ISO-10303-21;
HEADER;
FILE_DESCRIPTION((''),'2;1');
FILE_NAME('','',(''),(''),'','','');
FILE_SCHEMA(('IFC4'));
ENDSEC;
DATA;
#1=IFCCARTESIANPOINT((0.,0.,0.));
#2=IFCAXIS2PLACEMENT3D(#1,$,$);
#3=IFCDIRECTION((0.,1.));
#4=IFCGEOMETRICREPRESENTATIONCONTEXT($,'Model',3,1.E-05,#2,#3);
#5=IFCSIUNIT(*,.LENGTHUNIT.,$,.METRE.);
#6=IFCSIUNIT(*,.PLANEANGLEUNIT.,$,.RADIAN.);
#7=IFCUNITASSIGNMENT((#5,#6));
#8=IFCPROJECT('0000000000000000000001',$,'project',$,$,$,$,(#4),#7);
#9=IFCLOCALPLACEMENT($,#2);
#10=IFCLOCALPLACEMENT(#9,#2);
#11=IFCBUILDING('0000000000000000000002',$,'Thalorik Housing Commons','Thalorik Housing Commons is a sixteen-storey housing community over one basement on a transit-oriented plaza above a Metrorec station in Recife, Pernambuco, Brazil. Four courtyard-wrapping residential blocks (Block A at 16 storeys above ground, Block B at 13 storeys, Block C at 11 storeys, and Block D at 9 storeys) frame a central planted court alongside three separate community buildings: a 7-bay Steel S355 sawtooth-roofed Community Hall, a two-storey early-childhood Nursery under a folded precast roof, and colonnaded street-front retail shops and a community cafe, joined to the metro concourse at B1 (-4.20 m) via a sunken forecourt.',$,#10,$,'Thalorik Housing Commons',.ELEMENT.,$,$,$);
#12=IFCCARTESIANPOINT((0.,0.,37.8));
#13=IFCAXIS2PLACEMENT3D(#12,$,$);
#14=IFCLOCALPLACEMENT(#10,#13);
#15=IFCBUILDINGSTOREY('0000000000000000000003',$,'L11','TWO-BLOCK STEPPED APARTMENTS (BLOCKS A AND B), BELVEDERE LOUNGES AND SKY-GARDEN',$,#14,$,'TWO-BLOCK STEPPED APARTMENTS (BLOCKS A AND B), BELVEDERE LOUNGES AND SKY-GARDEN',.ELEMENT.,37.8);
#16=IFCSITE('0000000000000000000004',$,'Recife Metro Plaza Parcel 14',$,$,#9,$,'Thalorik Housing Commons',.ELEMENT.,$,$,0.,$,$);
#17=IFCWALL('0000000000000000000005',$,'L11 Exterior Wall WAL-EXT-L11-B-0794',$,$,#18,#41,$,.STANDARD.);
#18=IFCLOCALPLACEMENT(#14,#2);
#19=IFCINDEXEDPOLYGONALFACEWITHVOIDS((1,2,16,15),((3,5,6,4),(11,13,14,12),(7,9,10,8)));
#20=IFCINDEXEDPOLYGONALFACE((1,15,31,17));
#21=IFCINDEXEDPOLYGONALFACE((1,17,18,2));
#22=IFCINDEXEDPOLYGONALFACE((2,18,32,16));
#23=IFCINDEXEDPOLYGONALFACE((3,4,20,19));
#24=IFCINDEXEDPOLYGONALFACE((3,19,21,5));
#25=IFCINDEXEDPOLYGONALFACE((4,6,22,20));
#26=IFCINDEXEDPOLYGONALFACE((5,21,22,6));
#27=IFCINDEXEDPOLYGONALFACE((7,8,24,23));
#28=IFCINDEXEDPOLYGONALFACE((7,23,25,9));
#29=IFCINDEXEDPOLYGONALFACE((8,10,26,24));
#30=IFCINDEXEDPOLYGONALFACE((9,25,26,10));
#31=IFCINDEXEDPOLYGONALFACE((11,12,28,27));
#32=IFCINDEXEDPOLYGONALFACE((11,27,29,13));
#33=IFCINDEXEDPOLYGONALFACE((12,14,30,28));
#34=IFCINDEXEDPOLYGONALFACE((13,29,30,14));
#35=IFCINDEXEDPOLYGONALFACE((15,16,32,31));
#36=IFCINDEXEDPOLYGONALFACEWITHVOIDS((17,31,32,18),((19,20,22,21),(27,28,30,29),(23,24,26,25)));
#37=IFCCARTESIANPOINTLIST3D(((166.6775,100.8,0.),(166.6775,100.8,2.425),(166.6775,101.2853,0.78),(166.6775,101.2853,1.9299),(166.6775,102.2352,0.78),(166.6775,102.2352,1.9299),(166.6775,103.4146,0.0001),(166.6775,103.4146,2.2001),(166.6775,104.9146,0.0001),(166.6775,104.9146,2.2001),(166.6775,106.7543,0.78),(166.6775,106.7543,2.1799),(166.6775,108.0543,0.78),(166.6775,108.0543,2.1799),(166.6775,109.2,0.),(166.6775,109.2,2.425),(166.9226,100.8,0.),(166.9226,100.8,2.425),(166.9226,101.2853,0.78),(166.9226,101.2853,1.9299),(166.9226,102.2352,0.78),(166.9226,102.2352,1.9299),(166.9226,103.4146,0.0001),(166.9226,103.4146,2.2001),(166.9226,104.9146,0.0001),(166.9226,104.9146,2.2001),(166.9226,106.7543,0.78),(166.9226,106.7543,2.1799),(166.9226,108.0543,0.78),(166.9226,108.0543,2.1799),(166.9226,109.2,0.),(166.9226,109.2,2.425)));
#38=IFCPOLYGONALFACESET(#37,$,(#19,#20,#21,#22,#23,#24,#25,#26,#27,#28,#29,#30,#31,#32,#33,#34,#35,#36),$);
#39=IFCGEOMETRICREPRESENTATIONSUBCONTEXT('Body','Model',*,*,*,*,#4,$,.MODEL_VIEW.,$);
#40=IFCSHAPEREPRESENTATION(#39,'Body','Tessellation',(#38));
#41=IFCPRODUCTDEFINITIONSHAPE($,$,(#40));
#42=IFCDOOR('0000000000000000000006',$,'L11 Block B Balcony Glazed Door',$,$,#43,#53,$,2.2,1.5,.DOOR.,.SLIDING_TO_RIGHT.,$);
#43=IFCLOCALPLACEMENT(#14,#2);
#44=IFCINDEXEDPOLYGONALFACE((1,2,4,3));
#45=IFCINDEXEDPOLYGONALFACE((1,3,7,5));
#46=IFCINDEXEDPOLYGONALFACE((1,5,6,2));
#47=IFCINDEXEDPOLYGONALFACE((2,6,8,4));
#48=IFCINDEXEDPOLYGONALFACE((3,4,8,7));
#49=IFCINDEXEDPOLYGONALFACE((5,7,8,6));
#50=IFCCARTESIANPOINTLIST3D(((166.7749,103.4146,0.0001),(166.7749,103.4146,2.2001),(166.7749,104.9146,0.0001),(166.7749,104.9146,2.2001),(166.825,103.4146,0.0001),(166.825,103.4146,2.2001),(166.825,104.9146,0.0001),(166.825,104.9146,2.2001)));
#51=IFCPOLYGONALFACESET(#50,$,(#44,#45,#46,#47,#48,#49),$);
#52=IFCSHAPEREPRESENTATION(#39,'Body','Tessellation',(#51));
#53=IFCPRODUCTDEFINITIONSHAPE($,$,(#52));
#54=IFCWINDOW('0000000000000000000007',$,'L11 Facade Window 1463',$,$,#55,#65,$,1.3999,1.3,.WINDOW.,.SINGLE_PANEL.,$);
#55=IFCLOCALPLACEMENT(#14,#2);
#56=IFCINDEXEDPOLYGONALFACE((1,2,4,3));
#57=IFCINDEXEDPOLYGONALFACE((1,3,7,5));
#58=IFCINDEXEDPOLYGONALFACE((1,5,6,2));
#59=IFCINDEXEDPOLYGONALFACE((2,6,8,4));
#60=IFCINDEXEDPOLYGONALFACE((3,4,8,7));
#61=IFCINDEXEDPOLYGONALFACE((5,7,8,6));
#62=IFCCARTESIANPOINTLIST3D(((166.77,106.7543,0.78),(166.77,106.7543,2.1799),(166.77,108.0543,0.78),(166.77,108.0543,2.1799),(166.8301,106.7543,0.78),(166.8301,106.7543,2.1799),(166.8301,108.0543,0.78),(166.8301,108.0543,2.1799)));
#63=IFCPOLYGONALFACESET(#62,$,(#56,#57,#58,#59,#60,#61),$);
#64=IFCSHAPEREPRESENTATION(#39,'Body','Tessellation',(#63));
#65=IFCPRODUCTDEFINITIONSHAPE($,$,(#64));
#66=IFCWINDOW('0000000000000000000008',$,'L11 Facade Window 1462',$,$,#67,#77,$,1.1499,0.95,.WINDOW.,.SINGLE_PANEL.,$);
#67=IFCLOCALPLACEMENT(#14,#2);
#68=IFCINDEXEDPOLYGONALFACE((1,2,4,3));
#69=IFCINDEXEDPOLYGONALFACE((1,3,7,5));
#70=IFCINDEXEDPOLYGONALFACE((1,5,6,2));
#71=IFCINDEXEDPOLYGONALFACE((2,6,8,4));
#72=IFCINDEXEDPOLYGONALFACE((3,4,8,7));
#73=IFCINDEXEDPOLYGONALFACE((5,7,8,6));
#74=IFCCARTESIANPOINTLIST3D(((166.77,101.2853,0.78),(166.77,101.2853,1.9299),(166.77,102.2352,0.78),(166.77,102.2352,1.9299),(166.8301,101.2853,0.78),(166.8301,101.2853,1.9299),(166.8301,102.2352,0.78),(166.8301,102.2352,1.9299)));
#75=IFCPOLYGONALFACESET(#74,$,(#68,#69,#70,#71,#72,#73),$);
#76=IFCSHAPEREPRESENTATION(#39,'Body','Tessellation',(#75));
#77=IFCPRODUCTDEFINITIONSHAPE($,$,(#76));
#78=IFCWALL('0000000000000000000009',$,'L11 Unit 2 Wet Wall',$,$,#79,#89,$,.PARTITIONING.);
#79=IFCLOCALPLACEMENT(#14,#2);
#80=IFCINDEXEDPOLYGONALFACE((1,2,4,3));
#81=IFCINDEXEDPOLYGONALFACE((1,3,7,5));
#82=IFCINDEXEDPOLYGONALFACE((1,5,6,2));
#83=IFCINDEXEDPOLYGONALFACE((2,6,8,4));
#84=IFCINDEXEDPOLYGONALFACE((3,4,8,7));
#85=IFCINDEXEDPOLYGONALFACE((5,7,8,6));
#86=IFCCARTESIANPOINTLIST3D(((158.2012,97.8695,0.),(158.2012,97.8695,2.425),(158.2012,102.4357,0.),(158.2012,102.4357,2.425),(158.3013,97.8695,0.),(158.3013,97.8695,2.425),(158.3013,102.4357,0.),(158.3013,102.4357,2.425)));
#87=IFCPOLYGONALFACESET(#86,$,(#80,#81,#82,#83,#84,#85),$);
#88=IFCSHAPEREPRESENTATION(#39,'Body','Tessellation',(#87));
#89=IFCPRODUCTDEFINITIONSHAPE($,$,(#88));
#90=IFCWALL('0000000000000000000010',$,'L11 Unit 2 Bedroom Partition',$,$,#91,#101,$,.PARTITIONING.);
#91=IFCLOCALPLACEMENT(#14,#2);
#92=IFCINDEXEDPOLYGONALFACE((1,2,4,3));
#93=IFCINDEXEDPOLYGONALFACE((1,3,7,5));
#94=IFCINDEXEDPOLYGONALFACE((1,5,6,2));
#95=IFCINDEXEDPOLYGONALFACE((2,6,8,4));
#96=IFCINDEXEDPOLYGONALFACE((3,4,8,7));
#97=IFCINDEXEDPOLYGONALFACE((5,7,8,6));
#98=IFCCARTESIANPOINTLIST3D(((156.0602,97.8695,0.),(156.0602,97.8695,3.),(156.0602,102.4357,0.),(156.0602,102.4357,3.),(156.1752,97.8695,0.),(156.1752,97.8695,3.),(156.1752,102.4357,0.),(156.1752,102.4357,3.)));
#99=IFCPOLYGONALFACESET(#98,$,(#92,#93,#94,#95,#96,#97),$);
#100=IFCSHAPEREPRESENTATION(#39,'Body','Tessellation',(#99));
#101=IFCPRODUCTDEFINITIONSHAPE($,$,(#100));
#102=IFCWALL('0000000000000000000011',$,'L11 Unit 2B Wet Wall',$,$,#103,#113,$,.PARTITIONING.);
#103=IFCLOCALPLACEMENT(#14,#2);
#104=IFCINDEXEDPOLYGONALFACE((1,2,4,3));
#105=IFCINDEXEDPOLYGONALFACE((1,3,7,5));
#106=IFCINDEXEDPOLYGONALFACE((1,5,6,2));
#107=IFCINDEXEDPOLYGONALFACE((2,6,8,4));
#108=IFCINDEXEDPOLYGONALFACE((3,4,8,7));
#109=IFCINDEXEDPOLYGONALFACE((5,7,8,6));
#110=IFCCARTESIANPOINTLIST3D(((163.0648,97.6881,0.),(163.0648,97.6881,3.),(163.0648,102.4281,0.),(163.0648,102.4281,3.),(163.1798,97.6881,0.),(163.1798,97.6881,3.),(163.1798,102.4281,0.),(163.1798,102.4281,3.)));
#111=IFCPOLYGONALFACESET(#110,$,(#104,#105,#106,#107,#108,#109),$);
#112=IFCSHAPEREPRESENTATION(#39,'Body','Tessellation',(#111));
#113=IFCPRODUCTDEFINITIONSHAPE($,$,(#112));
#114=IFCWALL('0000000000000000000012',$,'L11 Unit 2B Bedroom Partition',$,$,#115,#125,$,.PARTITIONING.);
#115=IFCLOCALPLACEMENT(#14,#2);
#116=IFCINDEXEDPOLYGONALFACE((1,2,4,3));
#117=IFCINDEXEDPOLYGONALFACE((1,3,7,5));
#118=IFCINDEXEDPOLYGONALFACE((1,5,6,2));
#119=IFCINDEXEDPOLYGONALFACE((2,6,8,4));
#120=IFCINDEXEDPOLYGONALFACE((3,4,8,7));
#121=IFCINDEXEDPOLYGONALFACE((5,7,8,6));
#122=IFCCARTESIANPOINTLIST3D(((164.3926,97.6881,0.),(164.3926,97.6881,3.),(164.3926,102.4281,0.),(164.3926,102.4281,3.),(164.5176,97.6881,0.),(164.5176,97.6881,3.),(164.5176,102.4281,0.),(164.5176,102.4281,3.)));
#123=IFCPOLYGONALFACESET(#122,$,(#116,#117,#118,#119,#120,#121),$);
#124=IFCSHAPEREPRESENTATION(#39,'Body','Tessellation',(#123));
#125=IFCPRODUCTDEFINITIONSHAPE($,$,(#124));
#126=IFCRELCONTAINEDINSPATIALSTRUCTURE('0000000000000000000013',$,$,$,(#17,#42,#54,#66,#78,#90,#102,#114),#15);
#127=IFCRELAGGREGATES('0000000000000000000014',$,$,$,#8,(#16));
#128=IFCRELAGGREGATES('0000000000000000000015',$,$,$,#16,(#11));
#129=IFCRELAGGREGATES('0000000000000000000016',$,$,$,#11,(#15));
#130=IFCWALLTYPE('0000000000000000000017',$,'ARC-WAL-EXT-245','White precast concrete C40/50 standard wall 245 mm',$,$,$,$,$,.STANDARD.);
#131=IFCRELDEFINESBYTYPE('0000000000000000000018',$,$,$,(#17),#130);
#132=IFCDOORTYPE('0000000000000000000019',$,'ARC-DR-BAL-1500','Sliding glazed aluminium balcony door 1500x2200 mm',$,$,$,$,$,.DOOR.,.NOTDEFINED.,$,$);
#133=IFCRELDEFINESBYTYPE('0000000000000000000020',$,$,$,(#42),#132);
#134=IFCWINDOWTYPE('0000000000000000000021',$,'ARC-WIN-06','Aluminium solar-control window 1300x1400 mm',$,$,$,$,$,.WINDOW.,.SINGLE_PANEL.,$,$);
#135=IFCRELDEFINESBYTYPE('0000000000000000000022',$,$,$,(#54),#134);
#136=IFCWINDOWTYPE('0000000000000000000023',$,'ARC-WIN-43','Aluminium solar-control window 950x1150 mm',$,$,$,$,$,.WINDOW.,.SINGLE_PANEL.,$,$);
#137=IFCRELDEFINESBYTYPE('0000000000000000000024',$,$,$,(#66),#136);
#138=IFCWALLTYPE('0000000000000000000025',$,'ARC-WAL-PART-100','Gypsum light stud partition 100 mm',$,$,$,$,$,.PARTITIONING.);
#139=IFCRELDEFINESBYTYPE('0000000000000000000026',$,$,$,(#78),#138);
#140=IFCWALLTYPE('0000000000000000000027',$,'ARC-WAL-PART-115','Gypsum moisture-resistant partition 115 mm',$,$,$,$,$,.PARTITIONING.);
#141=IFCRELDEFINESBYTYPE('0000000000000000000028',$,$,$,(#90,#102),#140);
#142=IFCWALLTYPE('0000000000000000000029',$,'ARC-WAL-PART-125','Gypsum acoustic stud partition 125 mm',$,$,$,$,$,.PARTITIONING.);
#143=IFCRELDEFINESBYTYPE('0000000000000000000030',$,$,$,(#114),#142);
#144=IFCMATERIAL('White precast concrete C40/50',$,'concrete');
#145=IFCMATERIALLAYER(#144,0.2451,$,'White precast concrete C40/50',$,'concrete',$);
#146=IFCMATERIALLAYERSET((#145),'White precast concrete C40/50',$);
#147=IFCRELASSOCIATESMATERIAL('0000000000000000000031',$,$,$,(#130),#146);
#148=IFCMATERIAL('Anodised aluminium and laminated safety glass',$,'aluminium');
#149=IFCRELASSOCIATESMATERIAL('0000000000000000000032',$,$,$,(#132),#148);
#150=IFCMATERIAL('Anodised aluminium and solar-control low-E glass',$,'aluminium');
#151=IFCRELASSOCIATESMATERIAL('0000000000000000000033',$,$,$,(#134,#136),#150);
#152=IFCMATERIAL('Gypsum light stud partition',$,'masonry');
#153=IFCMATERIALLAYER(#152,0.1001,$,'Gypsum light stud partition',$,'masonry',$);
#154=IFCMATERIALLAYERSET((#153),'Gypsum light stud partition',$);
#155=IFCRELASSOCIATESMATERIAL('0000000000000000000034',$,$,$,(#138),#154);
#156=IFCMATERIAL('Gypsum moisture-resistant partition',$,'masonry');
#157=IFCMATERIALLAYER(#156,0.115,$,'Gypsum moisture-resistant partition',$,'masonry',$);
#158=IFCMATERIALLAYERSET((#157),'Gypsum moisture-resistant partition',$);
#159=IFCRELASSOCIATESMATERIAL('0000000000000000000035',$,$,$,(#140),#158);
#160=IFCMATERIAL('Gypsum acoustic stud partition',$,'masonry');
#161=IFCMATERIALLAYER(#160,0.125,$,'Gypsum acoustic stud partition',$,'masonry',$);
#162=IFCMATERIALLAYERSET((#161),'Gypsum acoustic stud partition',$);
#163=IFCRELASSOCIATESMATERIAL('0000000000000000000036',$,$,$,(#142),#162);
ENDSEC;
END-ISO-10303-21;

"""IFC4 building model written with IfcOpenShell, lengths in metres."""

from ifc_helpers import new_model, si_unit, direction, frame, frame_2d, origin, place, context, subcontext, project, spatial, rectangle, extrude, material, layer, layer_set, type_object, element, fill, save


model = new_model("IFC4")

# Units and contexts
model_context = context("Model", 3, precision=1e-05, world=origin(), true_north=direction((0.0, 1.0)))
body_context = subcontext(model_context, "Body", "Model", "MODEL_VIEW")
ifc_project = project(units=[si_unit("LENGTHUNIT", "METRE"), si_unit("PLANEANGLEUNIT", "RADIAN")], contexts=[model_context])

# Site, building, storey
site_placement = place(None, origin())
site = spatial("IfcSite", under=ifc_project, at=site_placement, Name="Recife Metro Plaza Parcel 14", LongName="Thalorik Housing Commons", CompositionType="ELEMENT", RefElevation=0.0)
building_placement = place(site_placement, origin())
building = spatial("IfcBuilding", under=site, at=building_placement, Name="Thalorik Housing Commons", Description="Thalorik Housing Commons is a sixteen-storey housing community over one basement on a transit-oriented plaza above a Metrorec station in Recife, Pernambuco, Brazil. Four courtyard-wrapping residential blocks (Block A at 16 storeys above ground, Block B at 13 storeys, Block C at 11 storeys, and Block D at 9 storeys) frame a central planted court alongside three separate community buildings: a 7-bay Steel S355 sawtooth-roofed Community Hall, a two-storey early-childhood Nursery under a folded precast roof, and colonnaded street-front retail shops and a community cafe, joined to the metro concourse at B1 (-4.20 m) via a sunken forecourt.", LongName="Thalorik Housing Commons", CompositionType="ELEMENT")
storey_placement = place(building_placement, frame((0.0, 0.0, 37.8)))
storey = spatial("IfcBuildingStorey", under=building, at=storey_placement, Name="L11", Description="TWO-BLOCK STEPPED APARTMENTS (BLOCKS A AND B), BELVEDERE LOUNGES AND SKY-GARDEN", LongName="TWO-BLOCK STEPPED APARTMENTS (BLOCKS A AND B), BELVEDERE LOUNGES AND SKY-GARDEN", CompositionType="ELEMENT", Elevation=37.8)

# Shared definitions
ifc_material_1 = material(Name="White precast concrete C40/50", Category="concrete")
ifc_layer_1 = layer(ifc_material_1, 0.2451, Name="White precast concrete C40/50", Category="concrete")
ifc_layer_set_1 = layer_set([ifc_layer_1], Name="White precast concrete C40/50")
wall_type_1 = type_object("IfcWallType", Name="ARC-WAL-EXT-245", Description="White precast concrete C40/50 standard wall 245 mm", PredefinedType="STANDARD", material=ifc_layer_set_1)
ifc_material_2 = material(Name="Anodised aluminium and laminated safety glass", Category="aluminium")
ifc_material_3 = material(Name="Anodised aluminium and solar-control low-E glass", Category="aluminium")

# Wall, openings, door, windows
wall_1_placement = place(storey_placement, frame((166.8, 100.8, 0.0), z_axis=(0.0, 0.0, 1.0), x_axis=(0.0, 1.0, 0.0)))
wall_1 = element("IfcWall", 1, at=wall_1_placement, inside=storey, type_object=wall_type_1, Name="L11 Exterior Wall WAL-EXT-L11-B-0794", PredefinedType="STANDARD", context=body_context, shape_type="SweptSolid", body=[
    extrude(rectangle(XDim=8.3999, YDim=0.2451, at=frame_2d((4.2, 0.0))), origin(), (0.0, 0.0, 1.0), 2.425),
])
opening_1_placement = place(wall_1_placement, frame((2.6145, 0.0, 0.0)))
opening_1 = element("IfcOpeningElement", 2, at=opening_1_placement, cuts=wall_1, PredefinedType="OPENING", context=body_context, shape_type="SweptSolid", body=[
    extrude(rectangle(XDim=1.5, YDim=2.2, at=frame_2d((0.75, 1.1001))), frame((0.0, 0.1326, 0.0), z_axis=(0.0, -1.0, 0.0), x_axis=(1.0, 0.0, 0.0)), (0.0, 0.0, 1.0), 0.2651),
])
opening_2_placement = place(wall_1_placement, frame((0.4851, 0.0, 0.78)))
opening_2 = element("IfcOpeningElement", 3, at=opening_2_placement, cuts=wall_1, PredefinedType="OPENING", context=body_context, shape_type="SweptSolid", body=[
    extrude(rectangle(XDim=0.95, YDim=1.1499, at=frame_2d((0.4751, 0.575))), frame((0.0, 0.1326, 0.0), z_axis=(0.0, -1.0, 0.0), x_axis=(1.0, 0.0, 0.0)), (0.0, 0.0, 1.0), 0.2651),
])
opening_3_placement = place(wall_1_placement, frame((5.9543, 0.0, 0.78)))
opening_3 = element("IfcOpeningElement", 4, at=opening_3_placement, cuts=wall_1, PredefinedType="OPENING", context=body_context, shape_type="SweptSolid", body=[
    extrude(rectangle(XDim=1.3, YDim=1.3999, at=frame_2d((0.6499, 0.7))), frame((0.0, 0.1326, 0.0), z_axis=(0.0, -1.0, 0.0), x_axis=(1.0, 0.0, 0.0)), (0.0, 0.0, 1.0), 0.2651),
])
door_type_1 = type_object("IfcDoorType", Name="ARC-DR-BAL-1500", Description="Sliding glazed aluminium balcony door 1500x2200 mm", OperationType="NOTDEFINED", PredefinedType="DOOR", material=ifc_material_2)
door_1_placement = place(opening_1_placement, frame((1.5, 0.0, 0.0), z_axis=(0.0, 0.0, 1.0), x_axis=(-1.0, 0.0, 0.0)))
door_1 = element("IfcDoor", 5, at=door_1_placement, inside=storey, type_object=door_type_1, Name="L11 Block B Balcony Glazed Door", OperationType="SLIDING_TO_RIGHT", OverallHeight=2.2, OverallWidth=1.5, PredefinedType="DOOR", context=body_context, shape_type="SweptSolid", body=[
    extrude(rectangle(XDim=1.5, YDim=2.2, at=frame_2d((0.75, 1.1001))), frame((0.0, 0.0249, 0.0), z_axis=(0.0, -1.0, 0.0), x_axis=(1.0, 0.0, 0.0)), (0.0, 0.0, 1.0), 0.05),
])
fill(opening_1, door_1)
window_type_1 = type_object("IfcWindowType", Name="ARC-WIN-06", Description="Aluminium solar-control window 1300x1400 mm", PartitioningType="SINGLE_PANEL", PredefinedType="WINDOW", material=ifc_material_3)
window_1_placement = place(opening_3_placement, origin())
window_1 = element("IfcWindow", 6, at=window_1_placement, inside=storey, type_object=window_type_1, Name="L11 Facade Window 1463", OverallHeight=1.3999, OverallWidth=1.3, PartitioningType="SINGLE_PANEL", PredefinedType="WINDOW", context=body_context, shape_type="SweptSolid", body=[
    extrude(rectangle(XDim=1.3, YDim=1.3999, at=frame_2d((0.6499, 0.7))), frame((0.0, 0.03, 0.0), z_axis=(0.0, -1.0, 0.0), x_axis=(1.0, 0.0, 0.0)), (0.0, 0.0, 1.0), 0.0601),
])
fill(opening_3, window_1)
window_type_2 = type_object("IfcWindowType", Name="ARC-WIN-43", Description="Aluminium solar-control window 950x1150 mm", PartitioningType="SINGLE_PANEL", PredefinedType="WINDOW", material=ifc_material_3)
window_2_placement = place(opening_2_placement, origin())
window_2 = element("IfcWindow", 7, at=window_2_placement, inside=storey, type_object=window_type_2, Name="L11 Facade Window 1462", OverallHeight=1.1499, OverallWidth=0.95, PartitioningType="SINGLE_PANEL", PredefinedType="WINDOW", context=body_context, shape_type="SweptSolid", body=[
    extrude(rectangle(XDim=0.95, YDim=1.1499, at=frame_2d((0.4751, 0.575))), frame((0.0, 0.03, 0.0), z_axis=(0.0, -1.0, 0.0), x_axis=(1.0, 0.0, 0.0)), (0.0, 0.0, 1.0), 0.0601),
])
fill(opening_2, window_2)

# Walls
ifc_material_4 = material(Name="Gypsum light stud partition", Category="masonry")
ifc_layer_2 = layer(ifc_material_4, 0.1001, Name="Gypsum light stud partition", Category="masonry")
ifc_layer_set_2 = layer_set([ifc_layer_2], Name="Gypsum light stud partition")
wall_type_2 = type_object("IfcWallType", Name="ARC-WAL-PART-100", Description="Gypsum light stud partition 100 mm", PredefinedType="PARTITIONING", material=ifc_layer_set_2)
wall_2_placement = place(storey_placement, frame((158.2512, 97.8694, 0.0), z_axis=(0.0, 0.0, 1.0), x_axis=(0.0, 1.0, 0.0)))
element("IfcWall", 8, at=wall_2_placement, inside=storey, type_object=wall_type_2, Name="L11 Unit 2 Wet Wall", PredefinedType="PARTITIONING", context=body_context, shape_type="SweptSolid", body=[
    extrude(rectangle(XDim=4.5662, YDim=0.1001, at=frame_2d((2.2832, 0.0))), origin(), (0.0, 0.0, 1.0), 2.425),
])
ifc_material_5 = material(Name="Gypsum moisture-resistant partition", Category="masonry")
ifc_layer_3 = layer(ifc_material_5, 0.115, Name="Gypsum moisture-resistant partition", Category="masonry")
ifc_layer_set_3 = layer_set([ifc_layer_3], Name="Gypsum moisture-resistant partition")
wall_type_3 = type_object("IfcWallType", Name="ARC-WAL-PART-115", Description="Gypsum moisture-resistant partition 115 mm", PredefinedType="PARTITIONING", material=ifc_layer_set_3)
wall_3_placement = place(storey_placement, frame((156.1177, 97.8694, 0.0), z_axis=(0.0, 0.0, 1.0), x_axis=(0.0, 1.0, 0.0)))
element("IfcWall", 9, at=wall_3_placement, inside=storey, type_object=wall_type_3, Name="L11 Unit 2 Bedroom Partition", PredefinedType="PARTITIONING", context=body_context, shape_type="SweptSolid", body=[
    extrude(rectangle(XDim=4.5662, YDim=0.115, at=frame_2d((2.2832, 0.0))), origin(), (0.0, 0.0, 1.0), 3.0),
])
wall_4_placement = place(storey_placement, frame((163.1223, 97.688, 0.0), z_axis=(0.0, 0.0, 1.0), x_axis=(0.0, 1.0, 0.0)))
element("IfcWall", 10, at=wall_4_placement, inside=storey, type_object=wall_type_3, Name="L11 Unit 2B Wet Wall", PredefinedType="PARTITIONING", context=body_context, shape_type="SweptSolid", body=[
    extrude(rectangle(XDim=4.74, YDim=0.115, at=frame_2d((2.3701, 0.0))), origin(), (0.0, 0.0, 1.0), 3.0),
])
ifc_material_6 = material(Name="Gypsum acoustic stud partition", Category="masonry")
ifc_layer_4 = layer(ifc_material_6, 0.125, Name="Gypsum acoustic stud partition", Category="masonry")
ifc_layer_set_4 = layer_set([ifc_layer_4], Name="Gypsum acoustic stud partition")
wall_type_4 = type_object("IfcWallType", Name="ARC-WAL-PART-125", Description="Gypsum acoustic stud partition 125 mm", PredefinedType="PARTITIONING", material=ifc_layer_set_4)
wall_5_placement = place(storey_placement, frame((164.4551, 97.688, 0.0), z_axis=(0.0, 0.0, 1.0), x_axis=(0.0, 1.0, 0.0)))
element("IfcWall", 11, at=wall_5_placement, inside=storey, type_object=wall_type_4, Name="L11 Unit 2B Bedroom Partition", PredefinedType="PARTITIONING", context=body_context, shape_type="SweptSolid", body=[
    extrude(rectangle(XDim=4.74, YDim=0.125, at=frame_2d((2.3701, 0.0))), origin(), (0.0, 0.0, 1.0), 3.0),
])

save(model, "model.ifc")
